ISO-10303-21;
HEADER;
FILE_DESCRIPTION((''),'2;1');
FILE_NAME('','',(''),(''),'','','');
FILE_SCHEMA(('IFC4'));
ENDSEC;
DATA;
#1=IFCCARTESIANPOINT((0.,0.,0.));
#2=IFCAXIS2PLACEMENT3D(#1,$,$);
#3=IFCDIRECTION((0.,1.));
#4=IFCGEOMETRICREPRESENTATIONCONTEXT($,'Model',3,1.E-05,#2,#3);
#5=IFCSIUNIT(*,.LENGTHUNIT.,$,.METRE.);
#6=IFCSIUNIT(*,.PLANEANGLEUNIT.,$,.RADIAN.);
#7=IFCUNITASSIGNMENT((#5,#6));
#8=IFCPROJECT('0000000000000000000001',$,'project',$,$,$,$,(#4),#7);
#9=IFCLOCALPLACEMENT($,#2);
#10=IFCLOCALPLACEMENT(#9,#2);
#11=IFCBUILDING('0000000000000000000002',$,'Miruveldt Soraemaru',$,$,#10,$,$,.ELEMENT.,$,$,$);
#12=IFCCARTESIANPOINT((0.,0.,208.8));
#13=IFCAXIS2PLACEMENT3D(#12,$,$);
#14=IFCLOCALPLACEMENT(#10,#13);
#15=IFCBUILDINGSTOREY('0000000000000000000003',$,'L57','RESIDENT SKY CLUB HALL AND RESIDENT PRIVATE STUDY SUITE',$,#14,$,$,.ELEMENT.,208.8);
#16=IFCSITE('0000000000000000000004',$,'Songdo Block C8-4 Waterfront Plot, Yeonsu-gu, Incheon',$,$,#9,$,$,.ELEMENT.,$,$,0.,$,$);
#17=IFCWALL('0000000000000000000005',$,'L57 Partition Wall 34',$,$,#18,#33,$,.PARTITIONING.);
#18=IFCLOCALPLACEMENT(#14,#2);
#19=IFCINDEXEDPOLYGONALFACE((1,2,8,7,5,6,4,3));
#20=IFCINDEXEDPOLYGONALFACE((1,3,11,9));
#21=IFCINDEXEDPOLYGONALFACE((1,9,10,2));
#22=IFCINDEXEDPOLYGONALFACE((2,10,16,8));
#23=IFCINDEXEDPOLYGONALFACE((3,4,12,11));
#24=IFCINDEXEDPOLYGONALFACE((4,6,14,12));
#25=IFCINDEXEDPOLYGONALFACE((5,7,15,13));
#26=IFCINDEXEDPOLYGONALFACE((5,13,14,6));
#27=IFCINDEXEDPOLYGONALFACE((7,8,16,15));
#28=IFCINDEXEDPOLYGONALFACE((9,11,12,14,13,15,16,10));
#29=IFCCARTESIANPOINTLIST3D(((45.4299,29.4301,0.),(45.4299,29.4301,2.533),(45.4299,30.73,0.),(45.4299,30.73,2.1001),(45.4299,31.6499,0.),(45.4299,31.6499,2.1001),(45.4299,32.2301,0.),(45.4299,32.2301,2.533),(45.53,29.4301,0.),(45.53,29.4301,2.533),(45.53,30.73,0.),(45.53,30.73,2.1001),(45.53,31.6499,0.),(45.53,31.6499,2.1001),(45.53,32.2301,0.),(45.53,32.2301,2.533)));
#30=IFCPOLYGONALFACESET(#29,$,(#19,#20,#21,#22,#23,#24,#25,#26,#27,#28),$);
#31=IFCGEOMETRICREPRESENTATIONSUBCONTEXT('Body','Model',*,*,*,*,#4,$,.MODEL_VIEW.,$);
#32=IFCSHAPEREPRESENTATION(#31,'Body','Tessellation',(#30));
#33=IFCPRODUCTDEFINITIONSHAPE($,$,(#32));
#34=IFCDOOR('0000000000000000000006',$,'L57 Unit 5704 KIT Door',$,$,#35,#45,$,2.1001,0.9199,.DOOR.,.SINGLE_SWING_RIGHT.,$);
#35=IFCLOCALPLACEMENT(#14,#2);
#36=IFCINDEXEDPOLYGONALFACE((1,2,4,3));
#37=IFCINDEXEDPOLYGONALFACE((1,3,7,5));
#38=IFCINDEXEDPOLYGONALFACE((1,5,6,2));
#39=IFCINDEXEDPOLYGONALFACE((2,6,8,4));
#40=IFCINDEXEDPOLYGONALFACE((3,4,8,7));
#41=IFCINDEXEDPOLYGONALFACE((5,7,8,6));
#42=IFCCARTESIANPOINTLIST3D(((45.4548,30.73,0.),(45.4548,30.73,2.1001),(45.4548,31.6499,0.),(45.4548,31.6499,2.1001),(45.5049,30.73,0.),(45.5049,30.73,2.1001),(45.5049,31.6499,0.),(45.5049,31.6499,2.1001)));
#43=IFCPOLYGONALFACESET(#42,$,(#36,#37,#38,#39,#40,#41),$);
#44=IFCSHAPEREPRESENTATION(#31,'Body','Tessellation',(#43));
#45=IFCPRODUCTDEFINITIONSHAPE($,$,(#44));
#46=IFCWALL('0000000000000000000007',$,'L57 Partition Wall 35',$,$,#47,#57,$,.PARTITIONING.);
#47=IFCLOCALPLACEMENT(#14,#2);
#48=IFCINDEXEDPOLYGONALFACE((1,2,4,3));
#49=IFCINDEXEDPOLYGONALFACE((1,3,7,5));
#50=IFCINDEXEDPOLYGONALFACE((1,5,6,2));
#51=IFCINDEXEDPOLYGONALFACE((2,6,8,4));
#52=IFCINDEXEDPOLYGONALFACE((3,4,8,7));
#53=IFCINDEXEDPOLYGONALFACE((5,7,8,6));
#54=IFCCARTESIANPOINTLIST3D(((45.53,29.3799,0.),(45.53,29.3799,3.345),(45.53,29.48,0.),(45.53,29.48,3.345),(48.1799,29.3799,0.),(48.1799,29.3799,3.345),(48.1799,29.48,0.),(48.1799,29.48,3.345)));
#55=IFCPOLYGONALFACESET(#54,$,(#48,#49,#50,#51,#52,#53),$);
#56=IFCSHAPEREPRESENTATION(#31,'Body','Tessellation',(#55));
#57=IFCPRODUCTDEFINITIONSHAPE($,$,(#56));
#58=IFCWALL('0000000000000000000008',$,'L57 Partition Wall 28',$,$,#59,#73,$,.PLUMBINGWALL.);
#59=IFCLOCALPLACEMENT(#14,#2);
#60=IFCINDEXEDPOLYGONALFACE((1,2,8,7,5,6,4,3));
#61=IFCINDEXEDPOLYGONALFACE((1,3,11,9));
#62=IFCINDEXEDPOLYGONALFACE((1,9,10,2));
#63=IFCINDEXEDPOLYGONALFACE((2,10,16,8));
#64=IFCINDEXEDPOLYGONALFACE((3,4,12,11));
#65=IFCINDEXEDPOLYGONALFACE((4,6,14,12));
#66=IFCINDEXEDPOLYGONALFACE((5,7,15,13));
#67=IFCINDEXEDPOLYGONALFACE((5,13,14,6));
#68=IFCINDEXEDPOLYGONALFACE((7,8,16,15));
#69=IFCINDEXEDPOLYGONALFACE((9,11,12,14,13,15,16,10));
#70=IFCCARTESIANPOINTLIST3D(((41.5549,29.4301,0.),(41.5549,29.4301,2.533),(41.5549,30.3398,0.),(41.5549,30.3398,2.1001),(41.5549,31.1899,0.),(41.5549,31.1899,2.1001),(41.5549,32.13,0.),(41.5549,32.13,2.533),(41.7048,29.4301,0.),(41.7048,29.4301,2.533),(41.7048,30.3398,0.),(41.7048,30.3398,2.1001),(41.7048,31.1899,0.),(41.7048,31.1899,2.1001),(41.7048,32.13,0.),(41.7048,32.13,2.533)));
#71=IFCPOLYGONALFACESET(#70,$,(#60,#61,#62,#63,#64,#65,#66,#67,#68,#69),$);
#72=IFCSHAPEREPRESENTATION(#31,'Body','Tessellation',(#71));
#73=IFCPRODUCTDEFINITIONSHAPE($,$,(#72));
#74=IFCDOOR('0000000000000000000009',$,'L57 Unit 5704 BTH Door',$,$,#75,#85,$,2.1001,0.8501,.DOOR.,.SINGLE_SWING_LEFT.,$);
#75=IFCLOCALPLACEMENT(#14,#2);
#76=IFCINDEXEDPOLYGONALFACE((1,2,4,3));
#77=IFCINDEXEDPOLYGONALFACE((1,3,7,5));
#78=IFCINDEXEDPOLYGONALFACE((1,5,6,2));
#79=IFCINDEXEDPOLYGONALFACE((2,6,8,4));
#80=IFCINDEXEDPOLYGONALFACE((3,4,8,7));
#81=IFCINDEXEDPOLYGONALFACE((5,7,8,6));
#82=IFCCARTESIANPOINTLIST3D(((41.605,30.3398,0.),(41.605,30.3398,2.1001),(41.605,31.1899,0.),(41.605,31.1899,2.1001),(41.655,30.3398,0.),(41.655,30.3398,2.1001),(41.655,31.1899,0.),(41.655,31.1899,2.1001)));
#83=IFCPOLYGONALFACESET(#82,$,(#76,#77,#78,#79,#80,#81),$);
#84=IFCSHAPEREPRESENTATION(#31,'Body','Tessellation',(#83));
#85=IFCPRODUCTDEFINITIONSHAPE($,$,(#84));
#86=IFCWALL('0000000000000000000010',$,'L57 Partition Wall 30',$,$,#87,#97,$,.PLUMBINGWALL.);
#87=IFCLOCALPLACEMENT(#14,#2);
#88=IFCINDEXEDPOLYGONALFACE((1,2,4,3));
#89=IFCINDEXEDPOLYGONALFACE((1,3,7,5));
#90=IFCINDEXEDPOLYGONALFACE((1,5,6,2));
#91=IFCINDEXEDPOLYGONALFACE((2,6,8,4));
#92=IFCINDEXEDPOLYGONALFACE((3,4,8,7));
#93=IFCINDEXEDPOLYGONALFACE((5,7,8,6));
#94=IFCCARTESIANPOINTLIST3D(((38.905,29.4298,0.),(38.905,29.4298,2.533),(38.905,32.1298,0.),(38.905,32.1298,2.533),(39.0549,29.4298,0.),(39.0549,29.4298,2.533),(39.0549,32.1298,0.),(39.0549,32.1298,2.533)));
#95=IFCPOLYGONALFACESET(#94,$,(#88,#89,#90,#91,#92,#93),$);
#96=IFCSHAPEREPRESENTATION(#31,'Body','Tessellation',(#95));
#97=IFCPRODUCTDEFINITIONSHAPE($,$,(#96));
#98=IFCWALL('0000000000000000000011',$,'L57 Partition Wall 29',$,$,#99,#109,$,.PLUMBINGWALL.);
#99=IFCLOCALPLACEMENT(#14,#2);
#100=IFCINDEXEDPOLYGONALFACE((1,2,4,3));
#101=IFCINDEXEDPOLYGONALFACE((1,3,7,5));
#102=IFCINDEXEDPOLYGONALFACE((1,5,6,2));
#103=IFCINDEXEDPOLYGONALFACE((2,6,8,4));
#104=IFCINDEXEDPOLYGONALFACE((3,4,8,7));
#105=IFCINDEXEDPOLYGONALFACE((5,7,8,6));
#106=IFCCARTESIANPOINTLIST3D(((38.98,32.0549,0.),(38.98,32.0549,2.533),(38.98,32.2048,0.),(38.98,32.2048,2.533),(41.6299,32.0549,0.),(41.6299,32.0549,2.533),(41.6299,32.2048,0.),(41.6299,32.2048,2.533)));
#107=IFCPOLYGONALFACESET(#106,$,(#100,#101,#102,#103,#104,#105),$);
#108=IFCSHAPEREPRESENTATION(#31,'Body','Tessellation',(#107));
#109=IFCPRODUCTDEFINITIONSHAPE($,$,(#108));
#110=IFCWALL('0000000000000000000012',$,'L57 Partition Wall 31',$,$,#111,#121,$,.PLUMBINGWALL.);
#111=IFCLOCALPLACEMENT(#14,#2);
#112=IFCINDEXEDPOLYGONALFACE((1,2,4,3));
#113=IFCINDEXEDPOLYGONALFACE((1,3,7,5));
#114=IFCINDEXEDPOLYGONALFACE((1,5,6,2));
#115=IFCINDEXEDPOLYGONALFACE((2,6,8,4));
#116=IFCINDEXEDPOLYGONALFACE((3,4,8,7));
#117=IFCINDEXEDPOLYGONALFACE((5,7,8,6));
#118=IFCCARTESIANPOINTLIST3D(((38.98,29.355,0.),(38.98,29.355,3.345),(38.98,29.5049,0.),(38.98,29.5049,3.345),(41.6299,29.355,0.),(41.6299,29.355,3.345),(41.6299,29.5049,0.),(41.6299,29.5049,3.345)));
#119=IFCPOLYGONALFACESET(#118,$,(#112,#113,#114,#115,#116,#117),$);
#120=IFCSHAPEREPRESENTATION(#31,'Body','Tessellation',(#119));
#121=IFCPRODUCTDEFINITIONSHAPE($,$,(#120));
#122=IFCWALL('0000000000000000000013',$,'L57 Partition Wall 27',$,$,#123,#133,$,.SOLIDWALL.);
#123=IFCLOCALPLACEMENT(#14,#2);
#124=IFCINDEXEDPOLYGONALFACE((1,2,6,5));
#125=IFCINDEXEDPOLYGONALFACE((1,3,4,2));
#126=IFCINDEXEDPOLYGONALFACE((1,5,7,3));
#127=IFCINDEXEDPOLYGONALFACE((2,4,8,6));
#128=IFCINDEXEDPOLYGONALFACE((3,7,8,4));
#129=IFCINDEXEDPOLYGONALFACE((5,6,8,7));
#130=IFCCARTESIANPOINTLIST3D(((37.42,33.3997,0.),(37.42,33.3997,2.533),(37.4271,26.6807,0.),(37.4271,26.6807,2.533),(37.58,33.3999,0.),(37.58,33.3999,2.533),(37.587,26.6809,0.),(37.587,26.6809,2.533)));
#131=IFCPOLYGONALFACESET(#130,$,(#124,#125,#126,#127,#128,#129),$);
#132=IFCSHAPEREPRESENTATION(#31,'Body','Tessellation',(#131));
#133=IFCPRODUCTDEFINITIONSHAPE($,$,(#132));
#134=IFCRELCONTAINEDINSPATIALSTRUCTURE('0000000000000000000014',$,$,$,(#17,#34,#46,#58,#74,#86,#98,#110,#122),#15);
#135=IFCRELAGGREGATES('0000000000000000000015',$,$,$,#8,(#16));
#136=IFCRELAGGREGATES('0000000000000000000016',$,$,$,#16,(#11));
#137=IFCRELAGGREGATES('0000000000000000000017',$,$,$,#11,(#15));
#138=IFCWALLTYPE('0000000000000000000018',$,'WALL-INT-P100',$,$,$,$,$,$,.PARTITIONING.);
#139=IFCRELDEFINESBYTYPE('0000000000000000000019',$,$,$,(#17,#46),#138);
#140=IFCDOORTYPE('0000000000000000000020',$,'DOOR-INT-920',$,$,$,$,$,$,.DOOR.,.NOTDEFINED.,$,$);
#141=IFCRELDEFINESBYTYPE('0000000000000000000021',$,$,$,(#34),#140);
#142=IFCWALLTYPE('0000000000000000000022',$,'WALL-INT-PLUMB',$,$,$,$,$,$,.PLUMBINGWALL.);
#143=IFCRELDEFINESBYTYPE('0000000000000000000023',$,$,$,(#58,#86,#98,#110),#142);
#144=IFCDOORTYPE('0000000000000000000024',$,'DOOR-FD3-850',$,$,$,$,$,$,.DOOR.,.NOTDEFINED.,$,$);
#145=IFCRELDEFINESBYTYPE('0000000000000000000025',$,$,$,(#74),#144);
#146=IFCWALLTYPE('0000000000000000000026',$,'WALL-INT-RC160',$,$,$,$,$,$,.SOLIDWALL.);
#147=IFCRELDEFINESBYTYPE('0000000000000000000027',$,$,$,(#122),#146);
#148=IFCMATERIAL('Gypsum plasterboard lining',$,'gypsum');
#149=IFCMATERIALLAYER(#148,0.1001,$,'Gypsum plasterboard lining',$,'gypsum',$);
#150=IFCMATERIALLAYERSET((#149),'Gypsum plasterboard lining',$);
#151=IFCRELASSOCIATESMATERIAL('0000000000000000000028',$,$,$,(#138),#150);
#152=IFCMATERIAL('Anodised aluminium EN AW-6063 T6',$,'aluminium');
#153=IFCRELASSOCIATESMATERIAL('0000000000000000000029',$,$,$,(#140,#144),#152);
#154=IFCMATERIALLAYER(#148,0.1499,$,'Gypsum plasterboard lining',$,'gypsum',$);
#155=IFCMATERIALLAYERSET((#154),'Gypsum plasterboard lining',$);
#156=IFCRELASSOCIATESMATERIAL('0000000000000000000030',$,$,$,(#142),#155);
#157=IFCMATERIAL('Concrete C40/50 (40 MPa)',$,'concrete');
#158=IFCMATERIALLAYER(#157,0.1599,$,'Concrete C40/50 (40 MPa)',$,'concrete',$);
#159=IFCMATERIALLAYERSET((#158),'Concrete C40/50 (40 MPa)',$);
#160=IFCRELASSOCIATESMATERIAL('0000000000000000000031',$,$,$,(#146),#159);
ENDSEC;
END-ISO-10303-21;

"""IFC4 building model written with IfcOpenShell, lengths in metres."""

from ifc_helpers import new_model, si_unit, direction, frame, frame_2d, origin, place, context, subcontext, project, spatial, rectangle, extrude, material, layer, layer_set, type_object, element, fill, save


model = new_model("IFC4")

# Units and contexts
model_context = context("Model", 3, precision=1e-05, world=origin(), true_north=direction((0.0, 1.0)))
body_context = subcontext(model_context, "Body", "Model", "MODEL_VIEW")
ifc_project = project(units=[si_unit("LENGTHUNIT", "METRE"), si_unit("PLANEANGLEUNIT", "RADIAN")], contexts=[model_context])

# Site, building, storey
site_placement = place(None, origin())
site = spatial("IfcSite", under=ifc_project, at=site_placement, Name="Songdo Block C8-4 Waterfront Plot, Yeonsu-gu, Incheon", CompositionType="ELEMENT", RefElevation=0.0)
building_placement = place(site_placement, origin())
building = spatial("IfcBuilding", under=site, at=building_placement, Name="Miruveldt Soraemaru", CompositionType="ELEMENT")
storey_placement = place(building_placement, frame((0.0, 0.0, 208.8)))
storey = spatial("IfcBuildingStorey", under=building, at=storey_placement, Name="L57", Description="RESIDENT SKY CLUB HALL AND RESIDENT PRIVATE STUDY SUITE", CompositionType="ELEMENT", Elevation=208.8)

# Wall, opening, door
ifc_material_1 = material(Name="Gypsum plasterboard lining", Category="gypsum")
ifc_layer_1 = layer(ifc_material_1, 0.1001, Name="Gypsum plasterboard lining", Category="gypsum")
ifc_layer_set_1 = layer_set([ifc_layer_1], Name="Gypsum plasterboard lining")
wall_type_1 = type_object("IfcWallType", Name="WALL-INT-P100", PredefinedType="PARTITIONING", material=ifc_layer_set_1)
wall_1_placement = place(storey_placement, frame((45.48, 32.23, 0.0), z_axis=(0.0, 0.0, 1.0), x_axis=(0.0, -1.0, 0.0)))
wall_1 = element("IfcWall", 1, at=wall_1_placement, inside=storey, type_object=wall_type_1, Name="L57 Partition Wall 34", PredefinedType="PARTITIONING", context=body_context, shape_type="SweptSolid", body=[
    extrude(rectangle(XDim=2.8, YDim=0.1001, at=frame_2d((1.3999, 0.0))), origin(), (0.0, 0.0, 1.0), 2.533),
])
opening_1_placement = place(wall_1_placement, frame((0.5801, 0.0, 0.0)))
opening_1 = element("IfcOpeningElement", 2, at=opening_1_placement, cuts=wall_1, PredefinedType="OPENING", context=body_context, shape_type="SweptSolid", body=[
    extrude(rectangle(XDim=0.9199, YDim=2.1001, at=frame_2d((0.46, 1.05))), frame((0.0, 0.0601, 0.0), z_axis=(0.0, -1.0, 0.0), x_axis=(1.0, 0.0, 0.0)), (0.0, 0.0, 1.0), 0.1201),
])
ifc_material_2 = material(Name="Anodised aluminium EN AW-6063 T6", Category="aluminium")
door_type_1 = type_object("IfcDoorType", Name="DOOR-INT-920", OperationType="NOTDEFINED", PredefinedType="DOOR", material=ifc_material_2)
door_1_placement = place(opening_1_placement, origin())
door_1 = element("IfcDoor", 3, at=door_1_placement, inside=storey, type_object=door_type_1, Name="L57 Unit 5704 KIT Door", OperationType="SINGLE_SWING_RIGHT", OverallHeight=2.1001, OverallWidth=0.9199, PredefinedType="DOOR", context=body_context, shape_type="SweptSolid", body=[
    extrude(rectangle(XDim=0.9199, YDim=2.1001, at=frame_2d((0.46, 1.05))), frame((0.0, 0.0249, 0.0), z_axis=(0.0, -1.0, 0.0), x_axis=(1.0, 0.0, 0.0)), (0.0, 0.0, 1.0), 0.05),
])
fill(opening_1, door_1)

# Wall
wall_2_placement = place(storey_placement, frame((45.53, 29.4299, 0.0), z_axis=(0.0, 0.0, 1.0), x_axis=(1.0, 0.0, 0.0)))
element("IfcWall", 4, at=wall_2_placement, inside=storey, type_object=wall_type_1, Name="L57 Partition Wall 35", PredefinedType="PARTITIONING", context=body_context, shape_type="SweptSolid", body=[
    extrude(rectangle(XDim=2.6499, YDim=0.1001, at=frame_2d((1.325, 0.0))), origin(), (0.0, 0.0, 1.0), 3.345),
])

# Wall, opening, door
ifc_layer_2 = layer(ifc_material_1, 0.1499, Name="Gypsum plasterboard lining", Category="gypsum")
ifc_layer_set_2 = layer_set([ifc_layer_2], Name="Gypsum plasterboard lining")
wall_type_2 = type_object("IfcWallType", Name="WALL-INT-PLUMB", PredefinedType="PLUMBINGWALL", material=ifc_layer_set_2)
wall_3_placement = place(storey_placement, frame((41.6299, 29.4299, 0.0), z_axis=(0.0, 0.0, 1.0), x_axis=(0.0, 1.0, 0.0)))
wall_3 = element("IfcWall", 5, at=wall_3_placement, inside=storey, type_object=wall_type_2, Name="L57 Partition Wall 28", PredefinedType="PLUMBINGWALL", context=body_context, shape_type="SweptSolid", body=[
    extrude(rectangle(XDim=2.7, YDim=0.1499, at=frame_2d((1.3501, 0.0))), origin(), (0.0, 0.0, 1.0), 2.533),
])
opening_2_placement = place(wall_3_placement, frame((0.9099, 0.0, 0.0)))
opening_2 = element("IfcOpeningElement", 6, at=opening_2_placement, cuts=wall_3, PredefinedType="OPENING", context=body_context, shape_type="SweptSolid", body=[
    extrude(rectangle(XDim=0.8501, YDim=2.1001, at=frame_2d((0.425, 1.05))), frame((0.0, 0.085, 0.0), z_axis=(0.0, -1.0, 0.0), x_axis=(1.0, 0.0, 0.0)), (0.0, 0.0, 1.0), 0.1699),
])
door_type_2 = type_object("IfcDoorType", Name="DOOR-FD3-850", OperationType="NOTDEFINED", PredefinedType="DOOR", material=ifc_material_2)
door_2_placement = place(opening_2_placement, origin())
door_2 = element("IfcDoor", 7, at=door_2_placement, inside=storey, type_object=door_type_2, Name="L57 Unit 5704 BTH Door", OperationType="SINGLE_SWING_LEFT", OverallHeight=2.1001, OverallWidth=0.8501, PredefinedType="DOOR", context=body_context, shape_type="SweptSolid", body=[
    extrude(rectangle(XDim=0.8501, YDim=2.1001, at=frame_2d((0.425, 1.05))), frame((0.0, 0.0249, 0.0), z_axis=(0.0, -1.0, 0.0), x_axis=(1.0, 0.0, 0.0)), (0.0, 0.0, 1.0), 0.05),
])
fill(opening_2, door_2)

# Walls
wall_4_placement = place(storey_placement, frame((38.98, 32.1299, 0.0), z_axis=(0.0, 0.0, 1.0), x_axis=(0.0, -1.0, 0.0)))
element("IfcWall", 8, at=wall_4_placement, inside=storey, type_object=wall_type_2, Name="L57 Partition Wall 30", PredefinedType="PLUMBINGWALL", context=body_context, shape_type="SweptSolid", body=[
    extrude(rectangle(XDim=2.7, YDim=0.1499, at=frame_2d((1.3501, 0.0))), origin(), (0.0, 0.0, 1.0), 2.533),
])
wall_5_placement = place(storey_placement, frame((41.6299, 32.1299, 0.0), z_axis=(0.0, 0.0, 1.0), x_axis=(-1.0, 0.0, 0.0)))
element("IfcWall", 9, at=wall_5_placement, inside=storey, type_object=wall_type_2, Name="L57 Partition Wall 29", PredefinedType="PLUMBINGWALL", context=body_context, shape_type="SweptSolid", body=[
    extrude(rectangle(XDim=2.6499, YDim=0.1499, at=frame_2d((1.325, 0.0))), origin(), (0.0, 0.0, 1.0), 2.533),
])
wall_6_placement = place(storey_placement, frame((38.98, 29.4299, 0.0), z_axis=(0.0, 0.0, 1.0), x_axis=(1.0, 0.0, 0.0)))
element("IfcWall", 10, at=wall_6_placement, inside=storey, type_object=wall_type_2, Name="L57 Partition Wall 31", PredefinedType="PLUMBINGWALL", context=body_context, shape_type="SweptSolid", body=[
    extrude(rectangle(XDim=2.6499, YDim=0.1499, at=frame_2d((1.325, 0.0))), origin(), (0.0, 0.0, 1.0), 3.345),
])
ifc_material_3 = material(Name="Concrete C40/50 (40 MPa)", Category="concrete")
ifc_layer_3 = layer(ifc_material_3, 0.1599, Name="Concrete C40/50 (40 MPa)", Category="concrete")
ifc_layer_set_3 = layer_set([ifc_layer_3], Name="Concrete C40/50 (40 MPa)")
wall_type_3 = type_object("IfcWallType", Name="WALL-INT-RC160", PredefinedType="SOLIDWALL", material=ifc_layer_set_3)
wall_7_placement = place(storey_placement, frame((37.5071, 26.6809, 0.0), z_axis=(0.0, 0.0, 1.0), x_axis=(-0.001054, 0.999999, 0.0)))
element("IfcWall", 11, at=wall_7_placement, inside=storey, type_object=wall_type_3, Name="L57 Partition Wall 27", PredefinedType="SOLIDWALL", context=body_context, shape_type="SweptSolid", body=[
    extrude(rectangle(XDim=6.719, YDim=0.1599, at=frame_2d((3.3594, 0.0))), origin(), (0.0, 0.0, 1.0), 2.533),
])

save(model, "model.ifc")
